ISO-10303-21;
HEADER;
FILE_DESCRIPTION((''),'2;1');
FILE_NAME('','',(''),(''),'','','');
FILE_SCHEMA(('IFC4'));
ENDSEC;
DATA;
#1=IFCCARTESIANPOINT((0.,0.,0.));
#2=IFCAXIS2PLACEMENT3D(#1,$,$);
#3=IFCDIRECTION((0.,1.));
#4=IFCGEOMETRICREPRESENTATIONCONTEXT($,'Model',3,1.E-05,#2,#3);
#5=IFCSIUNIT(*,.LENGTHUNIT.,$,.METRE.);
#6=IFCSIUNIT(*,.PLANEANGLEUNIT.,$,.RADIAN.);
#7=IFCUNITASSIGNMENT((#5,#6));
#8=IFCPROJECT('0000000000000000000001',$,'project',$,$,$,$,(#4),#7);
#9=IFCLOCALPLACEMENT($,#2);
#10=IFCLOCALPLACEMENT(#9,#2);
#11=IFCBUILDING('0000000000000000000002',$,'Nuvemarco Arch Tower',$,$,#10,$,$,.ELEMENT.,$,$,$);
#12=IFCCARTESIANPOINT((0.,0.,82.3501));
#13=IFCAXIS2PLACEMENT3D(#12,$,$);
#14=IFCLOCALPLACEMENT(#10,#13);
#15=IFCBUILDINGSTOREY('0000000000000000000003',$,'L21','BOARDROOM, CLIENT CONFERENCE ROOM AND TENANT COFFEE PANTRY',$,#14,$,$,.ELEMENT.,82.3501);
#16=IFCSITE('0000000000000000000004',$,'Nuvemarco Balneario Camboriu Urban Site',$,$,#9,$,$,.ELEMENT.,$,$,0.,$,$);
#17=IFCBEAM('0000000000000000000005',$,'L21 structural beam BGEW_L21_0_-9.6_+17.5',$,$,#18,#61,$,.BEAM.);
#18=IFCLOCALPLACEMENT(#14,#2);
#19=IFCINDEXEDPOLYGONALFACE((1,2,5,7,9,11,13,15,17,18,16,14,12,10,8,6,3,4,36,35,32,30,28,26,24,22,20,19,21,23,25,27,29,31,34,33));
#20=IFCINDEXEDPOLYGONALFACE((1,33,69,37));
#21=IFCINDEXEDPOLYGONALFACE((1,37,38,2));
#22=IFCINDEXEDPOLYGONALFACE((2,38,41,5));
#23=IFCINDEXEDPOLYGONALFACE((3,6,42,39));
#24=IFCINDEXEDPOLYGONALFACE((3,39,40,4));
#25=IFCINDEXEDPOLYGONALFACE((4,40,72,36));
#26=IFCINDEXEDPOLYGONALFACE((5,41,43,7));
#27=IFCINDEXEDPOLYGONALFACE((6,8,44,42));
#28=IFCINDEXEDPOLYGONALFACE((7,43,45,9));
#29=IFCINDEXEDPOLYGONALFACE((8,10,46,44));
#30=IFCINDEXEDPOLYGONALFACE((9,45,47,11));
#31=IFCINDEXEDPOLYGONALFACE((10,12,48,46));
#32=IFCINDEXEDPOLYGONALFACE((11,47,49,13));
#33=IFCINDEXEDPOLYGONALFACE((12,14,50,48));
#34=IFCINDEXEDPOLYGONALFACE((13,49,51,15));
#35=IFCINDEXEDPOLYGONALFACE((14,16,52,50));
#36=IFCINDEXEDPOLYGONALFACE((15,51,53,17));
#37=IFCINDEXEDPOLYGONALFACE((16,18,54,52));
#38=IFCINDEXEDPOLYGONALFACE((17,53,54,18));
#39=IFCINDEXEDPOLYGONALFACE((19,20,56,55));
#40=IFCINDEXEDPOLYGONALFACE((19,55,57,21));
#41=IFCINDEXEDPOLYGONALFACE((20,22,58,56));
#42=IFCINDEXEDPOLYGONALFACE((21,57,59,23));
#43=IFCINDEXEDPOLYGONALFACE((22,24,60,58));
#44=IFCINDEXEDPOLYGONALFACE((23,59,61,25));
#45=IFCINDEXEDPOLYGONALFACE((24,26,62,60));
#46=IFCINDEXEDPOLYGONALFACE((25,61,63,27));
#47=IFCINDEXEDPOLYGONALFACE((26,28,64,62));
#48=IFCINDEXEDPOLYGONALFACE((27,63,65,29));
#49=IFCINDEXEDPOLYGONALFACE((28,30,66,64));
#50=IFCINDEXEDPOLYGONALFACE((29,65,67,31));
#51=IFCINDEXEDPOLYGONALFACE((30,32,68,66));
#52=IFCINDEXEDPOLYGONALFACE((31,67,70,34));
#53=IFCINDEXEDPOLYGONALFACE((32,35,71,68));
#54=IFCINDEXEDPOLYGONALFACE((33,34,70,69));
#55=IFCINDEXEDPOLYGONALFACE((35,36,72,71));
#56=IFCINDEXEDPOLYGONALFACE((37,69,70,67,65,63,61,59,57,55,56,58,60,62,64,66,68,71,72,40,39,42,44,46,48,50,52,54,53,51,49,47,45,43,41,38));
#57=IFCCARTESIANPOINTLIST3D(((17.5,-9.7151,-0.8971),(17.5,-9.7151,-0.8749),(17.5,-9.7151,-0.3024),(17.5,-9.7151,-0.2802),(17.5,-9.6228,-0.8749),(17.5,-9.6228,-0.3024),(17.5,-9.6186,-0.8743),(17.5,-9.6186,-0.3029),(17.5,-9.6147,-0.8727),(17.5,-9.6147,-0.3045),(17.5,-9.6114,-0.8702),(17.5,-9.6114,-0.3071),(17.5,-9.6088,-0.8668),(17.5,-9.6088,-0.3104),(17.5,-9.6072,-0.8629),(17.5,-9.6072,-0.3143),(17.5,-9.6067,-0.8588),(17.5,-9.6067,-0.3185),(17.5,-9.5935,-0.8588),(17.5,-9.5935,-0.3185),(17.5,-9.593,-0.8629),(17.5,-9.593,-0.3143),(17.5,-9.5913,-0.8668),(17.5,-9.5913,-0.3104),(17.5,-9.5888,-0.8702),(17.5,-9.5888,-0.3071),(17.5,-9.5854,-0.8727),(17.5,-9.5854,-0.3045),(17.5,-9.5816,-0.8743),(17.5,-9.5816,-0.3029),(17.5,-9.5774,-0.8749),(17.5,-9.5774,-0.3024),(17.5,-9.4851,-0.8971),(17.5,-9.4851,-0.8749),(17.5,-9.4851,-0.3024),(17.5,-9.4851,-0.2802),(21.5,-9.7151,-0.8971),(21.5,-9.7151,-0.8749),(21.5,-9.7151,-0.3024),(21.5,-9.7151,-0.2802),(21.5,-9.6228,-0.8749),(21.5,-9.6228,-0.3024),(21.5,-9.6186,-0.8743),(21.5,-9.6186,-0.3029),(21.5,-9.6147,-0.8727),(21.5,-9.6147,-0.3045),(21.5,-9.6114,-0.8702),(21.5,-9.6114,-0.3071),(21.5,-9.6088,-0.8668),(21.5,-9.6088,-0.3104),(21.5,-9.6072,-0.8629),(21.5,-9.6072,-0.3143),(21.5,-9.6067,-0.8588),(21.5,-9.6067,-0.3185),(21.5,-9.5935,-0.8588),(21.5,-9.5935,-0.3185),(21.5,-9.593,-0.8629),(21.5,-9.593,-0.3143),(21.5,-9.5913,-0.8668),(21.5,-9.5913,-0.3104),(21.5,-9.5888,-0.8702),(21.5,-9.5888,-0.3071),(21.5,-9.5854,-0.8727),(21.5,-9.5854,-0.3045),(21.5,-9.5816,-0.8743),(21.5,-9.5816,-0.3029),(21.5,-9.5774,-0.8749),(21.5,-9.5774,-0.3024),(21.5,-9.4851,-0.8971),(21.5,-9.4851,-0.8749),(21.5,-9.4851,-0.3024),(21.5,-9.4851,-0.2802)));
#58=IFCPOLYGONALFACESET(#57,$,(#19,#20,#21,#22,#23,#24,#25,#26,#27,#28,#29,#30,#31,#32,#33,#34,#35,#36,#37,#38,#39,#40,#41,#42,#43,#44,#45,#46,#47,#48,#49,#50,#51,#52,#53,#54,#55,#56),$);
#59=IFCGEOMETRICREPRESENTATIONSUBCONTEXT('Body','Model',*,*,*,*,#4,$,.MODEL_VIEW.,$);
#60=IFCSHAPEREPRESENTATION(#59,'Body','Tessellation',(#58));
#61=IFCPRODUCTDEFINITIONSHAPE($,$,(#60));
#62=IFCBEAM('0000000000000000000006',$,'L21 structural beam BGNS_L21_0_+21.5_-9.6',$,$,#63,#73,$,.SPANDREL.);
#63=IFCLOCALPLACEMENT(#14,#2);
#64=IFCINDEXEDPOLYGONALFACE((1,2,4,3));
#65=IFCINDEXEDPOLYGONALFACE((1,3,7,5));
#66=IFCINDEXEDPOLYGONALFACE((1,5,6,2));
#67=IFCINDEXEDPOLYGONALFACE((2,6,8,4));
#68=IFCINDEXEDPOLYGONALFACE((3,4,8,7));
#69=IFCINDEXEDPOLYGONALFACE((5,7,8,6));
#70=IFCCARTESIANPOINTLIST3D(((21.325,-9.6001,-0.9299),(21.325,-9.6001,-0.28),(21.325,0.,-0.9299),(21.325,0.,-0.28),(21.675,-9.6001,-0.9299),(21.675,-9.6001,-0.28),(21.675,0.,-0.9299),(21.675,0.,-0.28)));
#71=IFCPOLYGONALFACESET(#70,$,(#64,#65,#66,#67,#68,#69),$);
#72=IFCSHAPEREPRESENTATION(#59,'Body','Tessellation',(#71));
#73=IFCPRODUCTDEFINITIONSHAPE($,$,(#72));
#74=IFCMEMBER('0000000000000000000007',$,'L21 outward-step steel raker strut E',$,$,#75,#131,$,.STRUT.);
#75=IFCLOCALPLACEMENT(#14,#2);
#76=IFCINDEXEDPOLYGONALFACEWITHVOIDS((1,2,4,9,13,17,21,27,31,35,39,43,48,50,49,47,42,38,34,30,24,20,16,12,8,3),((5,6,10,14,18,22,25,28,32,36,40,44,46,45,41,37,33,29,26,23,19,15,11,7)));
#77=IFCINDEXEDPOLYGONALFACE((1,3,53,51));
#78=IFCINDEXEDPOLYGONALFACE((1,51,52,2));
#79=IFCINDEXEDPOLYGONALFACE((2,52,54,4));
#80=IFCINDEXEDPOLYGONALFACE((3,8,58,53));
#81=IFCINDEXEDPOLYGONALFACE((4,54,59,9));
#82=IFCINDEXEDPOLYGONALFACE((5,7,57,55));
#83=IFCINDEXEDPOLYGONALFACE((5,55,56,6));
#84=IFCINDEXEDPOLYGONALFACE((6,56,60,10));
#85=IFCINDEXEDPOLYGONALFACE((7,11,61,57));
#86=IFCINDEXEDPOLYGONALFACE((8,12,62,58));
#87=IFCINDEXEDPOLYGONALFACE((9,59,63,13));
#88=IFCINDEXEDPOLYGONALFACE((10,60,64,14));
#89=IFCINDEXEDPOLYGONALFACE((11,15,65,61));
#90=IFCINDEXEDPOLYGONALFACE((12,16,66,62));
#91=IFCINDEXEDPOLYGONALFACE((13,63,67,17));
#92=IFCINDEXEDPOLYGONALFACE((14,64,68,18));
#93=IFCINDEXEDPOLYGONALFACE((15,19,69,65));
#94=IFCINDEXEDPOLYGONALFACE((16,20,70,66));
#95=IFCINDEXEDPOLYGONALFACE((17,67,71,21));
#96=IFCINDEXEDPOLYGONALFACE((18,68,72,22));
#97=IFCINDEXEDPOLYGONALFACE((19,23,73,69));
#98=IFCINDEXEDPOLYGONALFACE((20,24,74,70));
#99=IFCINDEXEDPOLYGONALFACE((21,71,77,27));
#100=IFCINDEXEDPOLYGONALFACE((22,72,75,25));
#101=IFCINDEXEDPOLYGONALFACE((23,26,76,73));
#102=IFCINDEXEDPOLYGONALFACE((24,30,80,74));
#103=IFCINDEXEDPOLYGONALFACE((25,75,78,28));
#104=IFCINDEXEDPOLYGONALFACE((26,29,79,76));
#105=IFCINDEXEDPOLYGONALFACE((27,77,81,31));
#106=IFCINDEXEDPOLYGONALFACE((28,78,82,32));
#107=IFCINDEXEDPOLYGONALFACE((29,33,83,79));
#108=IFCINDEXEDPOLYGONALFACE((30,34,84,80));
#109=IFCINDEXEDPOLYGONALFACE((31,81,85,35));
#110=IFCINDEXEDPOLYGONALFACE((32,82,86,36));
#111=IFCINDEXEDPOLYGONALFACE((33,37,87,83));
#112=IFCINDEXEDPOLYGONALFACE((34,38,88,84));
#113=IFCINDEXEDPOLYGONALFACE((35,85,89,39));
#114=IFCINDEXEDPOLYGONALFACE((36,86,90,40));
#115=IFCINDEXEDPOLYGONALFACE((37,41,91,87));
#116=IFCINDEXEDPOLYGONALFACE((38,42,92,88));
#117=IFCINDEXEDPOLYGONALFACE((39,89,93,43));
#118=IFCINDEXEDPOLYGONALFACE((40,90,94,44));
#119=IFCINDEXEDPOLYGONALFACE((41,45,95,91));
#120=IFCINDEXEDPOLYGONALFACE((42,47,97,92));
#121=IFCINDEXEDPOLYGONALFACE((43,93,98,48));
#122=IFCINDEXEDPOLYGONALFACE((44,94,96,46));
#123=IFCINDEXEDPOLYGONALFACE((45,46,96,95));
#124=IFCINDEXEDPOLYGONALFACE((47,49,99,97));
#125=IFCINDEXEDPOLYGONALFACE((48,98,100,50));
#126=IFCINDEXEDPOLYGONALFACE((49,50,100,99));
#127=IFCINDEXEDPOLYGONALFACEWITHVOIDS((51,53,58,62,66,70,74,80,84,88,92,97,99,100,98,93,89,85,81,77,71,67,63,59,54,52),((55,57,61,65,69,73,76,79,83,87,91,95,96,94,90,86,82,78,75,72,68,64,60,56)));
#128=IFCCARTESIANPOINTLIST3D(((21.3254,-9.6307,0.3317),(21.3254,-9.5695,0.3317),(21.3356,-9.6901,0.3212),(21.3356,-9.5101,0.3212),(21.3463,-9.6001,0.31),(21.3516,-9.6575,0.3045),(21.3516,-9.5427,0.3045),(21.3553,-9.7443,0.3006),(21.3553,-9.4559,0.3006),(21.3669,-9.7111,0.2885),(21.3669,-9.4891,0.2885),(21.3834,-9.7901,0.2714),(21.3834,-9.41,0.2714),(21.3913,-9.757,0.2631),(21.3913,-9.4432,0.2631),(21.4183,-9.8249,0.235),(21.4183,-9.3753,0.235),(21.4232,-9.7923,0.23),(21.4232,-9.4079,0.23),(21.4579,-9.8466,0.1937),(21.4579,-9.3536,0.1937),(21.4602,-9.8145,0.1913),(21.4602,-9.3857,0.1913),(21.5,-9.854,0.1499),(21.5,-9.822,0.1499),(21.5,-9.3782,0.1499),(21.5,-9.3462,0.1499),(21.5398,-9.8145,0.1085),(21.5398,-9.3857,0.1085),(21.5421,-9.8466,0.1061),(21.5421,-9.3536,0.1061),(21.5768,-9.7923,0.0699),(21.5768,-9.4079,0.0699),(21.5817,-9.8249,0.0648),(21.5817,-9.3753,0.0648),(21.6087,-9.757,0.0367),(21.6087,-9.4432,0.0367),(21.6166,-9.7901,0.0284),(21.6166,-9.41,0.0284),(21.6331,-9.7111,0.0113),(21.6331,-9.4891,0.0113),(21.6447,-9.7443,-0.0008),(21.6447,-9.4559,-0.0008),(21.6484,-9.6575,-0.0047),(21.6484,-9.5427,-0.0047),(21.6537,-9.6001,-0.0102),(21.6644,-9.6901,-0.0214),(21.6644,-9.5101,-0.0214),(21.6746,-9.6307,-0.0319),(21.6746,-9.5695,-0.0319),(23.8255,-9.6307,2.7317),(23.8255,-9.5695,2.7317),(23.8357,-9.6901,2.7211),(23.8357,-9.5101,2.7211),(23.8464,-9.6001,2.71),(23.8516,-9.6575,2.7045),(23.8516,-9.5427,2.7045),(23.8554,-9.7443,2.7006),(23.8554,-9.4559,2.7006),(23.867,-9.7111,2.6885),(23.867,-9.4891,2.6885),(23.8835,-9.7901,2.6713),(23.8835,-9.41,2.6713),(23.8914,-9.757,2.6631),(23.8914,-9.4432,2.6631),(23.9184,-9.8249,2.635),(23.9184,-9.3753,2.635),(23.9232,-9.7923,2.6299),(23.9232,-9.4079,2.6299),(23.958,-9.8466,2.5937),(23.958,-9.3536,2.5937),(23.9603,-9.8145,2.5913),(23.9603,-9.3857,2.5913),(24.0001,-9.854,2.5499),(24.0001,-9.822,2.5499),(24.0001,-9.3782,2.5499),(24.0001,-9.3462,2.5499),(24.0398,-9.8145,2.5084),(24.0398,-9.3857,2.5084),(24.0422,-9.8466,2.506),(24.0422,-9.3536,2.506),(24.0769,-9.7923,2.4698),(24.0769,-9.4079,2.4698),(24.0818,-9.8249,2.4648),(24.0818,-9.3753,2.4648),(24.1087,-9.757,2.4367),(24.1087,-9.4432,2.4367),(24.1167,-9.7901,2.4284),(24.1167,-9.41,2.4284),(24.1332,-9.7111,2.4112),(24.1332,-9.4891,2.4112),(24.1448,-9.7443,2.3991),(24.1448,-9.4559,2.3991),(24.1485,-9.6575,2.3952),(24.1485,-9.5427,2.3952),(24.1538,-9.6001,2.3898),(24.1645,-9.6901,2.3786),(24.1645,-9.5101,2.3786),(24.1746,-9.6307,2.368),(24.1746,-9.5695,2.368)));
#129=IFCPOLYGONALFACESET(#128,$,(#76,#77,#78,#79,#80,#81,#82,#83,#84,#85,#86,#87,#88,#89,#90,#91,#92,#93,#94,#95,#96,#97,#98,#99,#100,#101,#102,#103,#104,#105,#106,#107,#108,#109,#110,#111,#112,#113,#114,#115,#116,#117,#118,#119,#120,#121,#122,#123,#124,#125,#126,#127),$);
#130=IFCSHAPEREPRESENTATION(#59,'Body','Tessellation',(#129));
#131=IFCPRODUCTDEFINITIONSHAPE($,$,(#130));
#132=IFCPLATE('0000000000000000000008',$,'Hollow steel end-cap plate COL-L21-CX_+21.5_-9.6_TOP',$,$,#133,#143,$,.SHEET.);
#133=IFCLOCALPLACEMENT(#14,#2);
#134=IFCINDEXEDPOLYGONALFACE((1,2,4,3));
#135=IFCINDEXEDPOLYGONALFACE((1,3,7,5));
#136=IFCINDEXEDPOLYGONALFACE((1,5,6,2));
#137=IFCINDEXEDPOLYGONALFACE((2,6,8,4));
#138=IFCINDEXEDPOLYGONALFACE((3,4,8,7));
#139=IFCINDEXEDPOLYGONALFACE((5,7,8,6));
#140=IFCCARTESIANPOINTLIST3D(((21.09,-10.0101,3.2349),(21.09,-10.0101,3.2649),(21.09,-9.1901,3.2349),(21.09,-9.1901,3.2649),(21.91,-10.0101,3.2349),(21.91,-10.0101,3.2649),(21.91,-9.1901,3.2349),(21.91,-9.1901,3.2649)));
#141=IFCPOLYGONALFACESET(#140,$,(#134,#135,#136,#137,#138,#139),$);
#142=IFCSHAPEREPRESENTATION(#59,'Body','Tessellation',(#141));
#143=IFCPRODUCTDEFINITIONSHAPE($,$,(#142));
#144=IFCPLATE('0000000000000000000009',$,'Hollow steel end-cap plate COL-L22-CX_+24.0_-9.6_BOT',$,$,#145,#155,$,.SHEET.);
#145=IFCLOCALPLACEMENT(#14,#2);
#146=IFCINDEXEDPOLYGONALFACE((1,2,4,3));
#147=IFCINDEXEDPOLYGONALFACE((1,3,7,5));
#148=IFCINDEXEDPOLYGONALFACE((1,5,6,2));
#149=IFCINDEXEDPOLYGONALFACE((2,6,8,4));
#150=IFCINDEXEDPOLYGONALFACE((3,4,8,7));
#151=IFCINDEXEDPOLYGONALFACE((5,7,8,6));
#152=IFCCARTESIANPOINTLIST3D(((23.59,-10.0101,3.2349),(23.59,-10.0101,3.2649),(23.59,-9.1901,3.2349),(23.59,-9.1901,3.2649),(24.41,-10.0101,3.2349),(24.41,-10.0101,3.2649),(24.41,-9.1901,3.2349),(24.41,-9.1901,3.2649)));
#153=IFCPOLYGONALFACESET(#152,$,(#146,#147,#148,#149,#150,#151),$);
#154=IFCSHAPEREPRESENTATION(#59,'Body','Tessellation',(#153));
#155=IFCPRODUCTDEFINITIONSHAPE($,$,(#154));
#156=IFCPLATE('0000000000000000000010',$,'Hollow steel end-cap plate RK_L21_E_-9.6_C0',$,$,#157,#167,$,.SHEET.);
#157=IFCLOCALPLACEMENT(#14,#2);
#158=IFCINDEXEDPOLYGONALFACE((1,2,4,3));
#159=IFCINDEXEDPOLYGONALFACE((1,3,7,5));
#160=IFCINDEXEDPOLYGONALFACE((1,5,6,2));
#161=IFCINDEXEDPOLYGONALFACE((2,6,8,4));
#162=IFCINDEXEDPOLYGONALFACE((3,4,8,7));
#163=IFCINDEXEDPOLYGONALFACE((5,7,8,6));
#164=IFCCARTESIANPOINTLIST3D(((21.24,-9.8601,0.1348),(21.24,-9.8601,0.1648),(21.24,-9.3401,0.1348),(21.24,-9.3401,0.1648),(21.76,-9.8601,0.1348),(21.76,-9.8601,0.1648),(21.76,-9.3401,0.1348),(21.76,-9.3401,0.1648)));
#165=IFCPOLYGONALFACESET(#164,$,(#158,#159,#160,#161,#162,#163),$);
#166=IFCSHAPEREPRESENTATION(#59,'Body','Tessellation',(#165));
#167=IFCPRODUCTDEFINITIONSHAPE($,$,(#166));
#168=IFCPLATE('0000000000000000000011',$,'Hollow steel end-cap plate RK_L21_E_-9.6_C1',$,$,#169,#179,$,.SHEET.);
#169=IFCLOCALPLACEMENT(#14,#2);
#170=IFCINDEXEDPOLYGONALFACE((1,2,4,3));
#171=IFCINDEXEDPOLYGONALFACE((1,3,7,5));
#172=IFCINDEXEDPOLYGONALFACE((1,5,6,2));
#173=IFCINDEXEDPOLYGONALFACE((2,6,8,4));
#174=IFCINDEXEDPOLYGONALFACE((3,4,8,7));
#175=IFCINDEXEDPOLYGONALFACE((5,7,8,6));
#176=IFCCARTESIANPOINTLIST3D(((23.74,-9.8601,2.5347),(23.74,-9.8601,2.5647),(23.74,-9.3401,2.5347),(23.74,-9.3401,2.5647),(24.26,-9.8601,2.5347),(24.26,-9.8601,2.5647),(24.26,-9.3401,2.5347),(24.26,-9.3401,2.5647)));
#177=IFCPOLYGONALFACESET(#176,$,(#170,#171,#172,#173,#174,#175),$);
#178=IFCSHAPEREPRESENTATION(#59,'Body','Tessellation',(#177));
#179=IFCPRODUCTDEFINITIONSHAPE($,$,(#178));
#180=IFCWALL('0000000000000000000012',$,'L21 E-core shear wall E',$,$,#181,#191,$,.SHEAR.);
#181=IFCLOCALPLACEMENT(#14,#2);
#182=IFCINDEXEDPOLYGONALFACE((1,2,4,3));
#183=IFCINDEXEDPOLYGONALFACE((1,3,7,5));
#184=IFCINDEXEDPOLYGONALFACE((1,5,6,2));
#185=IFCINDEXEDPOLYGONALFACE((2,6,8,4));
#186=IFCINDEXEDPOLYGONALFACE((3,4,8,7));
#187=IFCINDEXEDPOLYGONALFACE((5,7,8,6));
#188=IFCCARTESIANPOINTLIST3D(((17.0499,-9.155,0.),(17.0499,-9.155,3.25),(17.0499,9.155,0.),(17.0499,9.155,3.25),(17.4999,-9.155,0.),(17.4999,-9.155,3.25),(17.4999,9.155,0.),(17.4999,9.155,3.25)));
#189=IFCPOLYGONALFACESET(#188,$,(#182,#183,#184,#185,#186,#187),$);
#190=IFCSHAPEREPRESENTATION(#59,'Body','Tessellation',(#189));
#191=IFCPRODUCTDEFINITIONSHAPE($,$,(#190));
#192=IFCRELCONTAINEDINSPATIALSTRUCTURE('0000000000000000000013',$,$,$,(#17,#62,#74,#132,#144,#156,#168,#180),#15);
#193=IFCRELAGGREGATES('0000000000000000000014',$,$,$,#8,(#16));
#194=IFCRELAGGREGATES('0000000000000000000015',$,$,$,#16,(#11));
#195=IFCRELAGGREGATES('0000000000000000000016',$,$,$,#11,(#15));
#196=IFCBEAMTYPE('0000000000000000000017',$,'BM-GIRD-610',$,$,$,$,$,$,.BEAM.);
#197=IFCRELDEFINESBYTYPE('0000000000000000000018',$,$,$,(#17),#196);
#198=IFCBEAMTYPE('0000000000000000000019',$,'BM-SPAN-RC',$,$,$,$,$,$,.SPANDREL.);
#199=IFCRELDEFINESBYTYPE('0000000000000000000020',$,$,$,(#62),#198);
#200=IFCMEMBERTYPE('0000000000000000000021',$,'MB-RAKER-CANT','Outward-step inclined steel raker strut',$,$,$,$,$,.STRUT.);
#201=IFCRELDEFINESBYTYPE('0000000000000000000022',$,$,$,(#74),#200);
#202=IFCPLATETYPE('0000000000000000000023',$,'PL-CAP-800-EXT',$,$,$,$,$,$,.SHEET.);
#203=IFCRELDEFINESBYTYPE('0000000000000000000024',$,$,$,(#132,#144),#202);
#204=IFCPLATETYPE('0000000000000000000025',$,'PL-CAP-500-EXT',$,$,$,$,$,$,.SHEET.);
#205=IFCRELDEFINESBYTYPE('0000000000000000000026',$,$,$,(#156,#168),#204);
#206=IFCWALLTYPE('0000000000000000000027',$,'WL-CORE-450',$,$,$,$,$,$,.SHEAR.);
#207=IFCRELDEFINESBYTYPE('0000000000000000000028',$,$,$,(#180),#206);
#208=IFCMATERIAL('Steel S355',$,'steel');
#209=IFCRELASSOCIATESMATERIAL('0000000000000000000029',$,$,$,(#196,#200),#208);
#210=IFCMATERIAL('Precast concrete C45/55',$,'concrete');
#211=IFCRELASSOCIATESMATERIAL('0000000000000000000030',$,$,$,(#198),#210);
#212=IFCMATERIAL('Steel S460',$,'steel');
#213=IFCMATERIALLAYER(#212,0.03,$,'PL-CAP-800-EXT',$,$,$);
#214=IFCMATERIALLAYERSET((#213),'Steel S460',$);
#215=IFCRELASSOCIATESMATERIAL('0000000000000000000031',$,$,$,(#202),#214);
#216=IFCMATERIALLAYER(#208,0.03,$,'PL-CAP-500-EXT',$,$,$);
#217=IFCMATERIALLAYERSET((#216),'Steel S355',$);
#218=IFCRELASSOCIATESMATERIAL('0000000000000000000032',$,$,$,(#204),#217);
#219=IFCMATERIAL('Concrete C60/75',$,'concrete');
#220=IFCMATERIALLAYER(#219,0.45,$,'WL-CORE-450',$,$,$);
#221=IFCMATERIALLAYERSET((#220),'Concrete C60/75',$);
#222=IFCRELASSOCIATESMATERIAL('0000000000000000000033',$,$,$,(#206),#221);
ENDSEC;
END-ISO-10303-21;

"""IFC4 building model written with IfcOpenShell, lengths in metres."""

from ifc_helpers import new_model, si_unit, direction, frame, frame_2d, origin, origin_2d, place, context, subcontext, project, spatial, rectangle, hollow_circle, i_section, extrude, source, transform, mapped, material, layer, layer_set, material_profile, profile_set, type_object, type_shapes, element, save


model = new_model("IFC4")

# Units and contexts
model_context = context("Model", 3, precision=1e-05, world=origin(), true_north=direction((0.0, 1.0)))
body_context = subcontext(model_context, "Body", "Model", "MODEL_VIEW")
ifc_project = project(units=[si_unit("LENGTHUNIT", "METRE"), si_unit("PLANEANGLEUNIT", "RADIAN")], contexts=[model_context])

# Site, building, storey
site_placement = place(None, origin())
site = spatial("IfcSite", under=ifc_project, at=site_placement, Name="Nuvemarco Balneario Camboriu Urban Site", CompositionType="ELEMENT", RefElevation=0.0)
building_placement = place(site_placement, origin())
building = spatial("IfcBuilding", under=site, at=building_placement, Name="Nuvemarco Arch Tower", CompositionType="ELEMENT")
storey_placement = place(building_placement, frame((0.0, 0.0, 82.3501)))
storey = spatial("IfcBuildingStorey", under=building, at=storey_placement, Name="L21", Description="BOARDROOM, CLIENT CONFERENCE ROOM AND TENANT COFFEE PANTRY", CompositionType="ELEMENT", Elevation=82.3501)

# Shared definitions
ifc_material_1 = material(Name="Concrete C60/75", Category="concrete")
ifc_material_2 = material(Name="Steel S460", Category="steel")

# Beams
ifc_material_3 = material(Name="Steel S355", Category="steel")
ifc_material_profile_1 = material_profile(ifc_material_3, i_section(OverallWidth=0.23, OverallDepth=0.6169, WebThickness=0.0132, FlangeThickness=0.0222, FilletRadius=0.0161, at=origin_2d()), Name="W610x140")
ifc_profile_set_1 = profile_set([ifc_material_profile_1], Name="Steel S355")
beam_type_1 = type_object("IfcBeamType", Name="BM-GIRD-610", PredefinedType="BEAM", material=ifc_profile_set_1)
beam_1_placement = place(storey_placement, frame((17.5, -9.6001, -0.5886), z_axis=(1.0, 0.0, 0.0), x_axis=(0.0, 1.0, 0.0)))
element("IfcBeam", 1, at=beam_1_placement, inside=storey, type_object=beam_type_1, Name="L21 structural beam BGEW_L21_0_-9.6_+17.5", PredefinedType="BEAM", context=body_context, shape_type="SweptSolid", body=[
    extrude(i_section(OverallWidth=0.23, OverallDepth=0.6169, WebThickness=0.0132, FlangeThickness=0.0222, FilletRadius=0.0161, at=origin_2d()), origin(), (0.0, 0.0, 1.0), 4.0),
])
ifc_material_4 = material(Name="Precast concrete C45/55", Category="concrete")
ifc_material_profile_2 = material_profile(ifc_material_4, rectangle(XDim=0.3501, YDim=0.6499, at=origin_2d()), Name="PC-SP-350x650")
ifc_profile_set_2 = profile_set([ifc_material_profile_2], Name="Precast concrete C45/55")
beam_type_2 = type_object("IfcBeamType", Name="BM-SPAN-RC", PredefinedType="SPANDREL", material=ifc_profile_set_2)
beam_2_placement = place(storey_placement, frame((21.5, -9.6001, -0.605), z_axis=(0.0, 1.0, 0.0), x_axis=(-1.0, 0.0, 0.0)))
element("IfcBeam", 2, at=beam_2_placement, inside=storey, type_object=beam_type_2, Name="L21 structural beam BGNS_L21_0_+21.5_-9.6", PredefinedType="SPANDREL", context=body_context, shape_type="SweptSolid", body=[
    extrude(rectangle(XDim=0.3501, YDim=0.6499, at=origin_2d()), origin(), (0.0, 0.0, 1.0), 9.6001),
])

# Member
ifc_material_profile_3 = material_profile(ifc_material_3, hollow_circle(Radius=0.2539, WallThickness=0.032, at=origin_2d()), Name="CHS508x32")
ifc_profile_set_3 = profile_set([ifc_material_profile_3], Name="Steel S355")
member_type = type_object("IfcMemberType", Name="MB-RAKER-CANT", Description="Outward-step inclined steel raker strut", PredefinedType="STRUT", material=ifc_profile_set_3)
member_placement = place(storey_placement, frame((21.5, -9.6001, 0.1499), z_axis=(0.721401, 0.0, 0.692517), x_axis=(0.0, 1.0, 0.0)))
element("IfcMember", 3, at=member_placement, inside=storey, type_object=member_type, Name="L21 outward-step steel raker strut E", PredefinedType="STRUT", context=body_context, shape_type="SweptSolid", body=[
    extrude(hollow_circle(Radius=0.2539, WallThickness=0.032, at=origin_2d()), origin(), (0.0, 0.0, 1.0), 3.4656),
])

# Plates
ifc_layer_1 = layer(ifc_material_2, 0.03, Name="PL-CAP-800-EXT")
ifc_layer_set_1 = layer_set([ifc_layer_1], Name="Steel S460")
plate_type_1 = type_object("IfcPlateType", Name="PL-CAP-800-EXT", PredefinedType="SHEET", material=ifc_layer_set_1)
shared_shape_1 = source(origin(), body_context, "Body", "SweptSolid", [
    extrude(rectangle(XDim=0.8201, YDim=0.8201, at=origin_2d()), origin(), (0.0, 0.0, 1.0), 0.03),
])
type_shapes(plate_type_1, [shared_shape_1])
for number, where, z_axis, x_axis, name in (
    (4, (21.5, -9.6001, 3.2349), (0.0, 0.0, 1.0), (1.0, 0.0, 0.0), "Hollow steel end-cap plate COL-L21-CX_+21.5_-9.6_TOP"),
    (5, (24.0, -9.6001, 3.2349), (0.0, 0.0, 1.0), (1.0, 0.0, 0.0), "Hollow steel end-cap plate COL-L22-CX_+24.0_-9.6_BOT"),
):
    element("IfcPlate", number, at=place(storey_placement, frame(where, z_axis=z_axis, x_axis=x_axis)), inside=storey, type_object=plate_type_1, Name=name, PredefinedType="SHEET", context=body_context, shape_type="MappedRepresentation", body=[
        mapped(shared_shape_1, transform((0.0, 0.0, 0.0), scale=1.0)),
    ])
ifc_layer_2 = layer(ifc_material_3, 0.03, Name="PL-CAP-500-EXT")
ifc_layer_set_2 = layer_set([ifc_layer_2], Name="Steel S355")
plate_type_2 = type_object("IfcPlateType", Name="PL-CAP-500-EXT", PredefinedType="SHEET", material=ifc_layer_set_2)
shared_shape_2 = source(origin(), body_context, "Body", "SweptSolid", [
    extrude(rectangle(XDim=0.52, YDim=0.52, at=origin_2d()), origin(), (0.0, 0.0, 1.0), 0.03),
])
type_shapes(plate_type_2, [shared_shape_2])
for number, where, z_axis, x_axis, name in (
    (6, (21.5, -9.6001, 0.1348), (0.0, 0.0, 1.0), (1.0, 0.0, 0.0), "Hollow steel end-cap plate RK_L21_E_-9.6_C0"),
    (7, (24.0, -9.6001, 2.5347), (0.0, 0.0, 1.0), (1.0, 0.0, 0.0), "Hollow steel end-cap plate RK_L21_E_-9.6_C1"),
):
    element("IfcPlate", number, at=place(storey_placement, frame(where, z_axis=z_axis, x_axis=x_axis)), inside=storey, type_object=plate_type_2, Name=name, PredefinedType="SHEET", context=body_context, shape_type="MappedRepresentation", body=[
        mapped(shared_shape_2, transform((0.0, 0.0, 0.0), scale=1.0)),
    ])

# Wall
ifc_layer_3 = layer(ifc_material_1, 0.45, Name="WL-CORE-450")
ifc_layer_set_3 = layer_set([ifc_layer_3], Name="Concrete C60/75")
wall_type_1 = type_object("IfcWallType", Name="WL-CORE-450", PredefinedType="SHEAR", material=ifc_layer_set_3)
wall_1_placement = place(storey_placement, frame((17.2749, -9.155, 0.0), z_axis=(0.0, 0.0, 1.0), x_axis=(0.0, 1.0, 0.0)))
element("IfcWall", 8, at=wall_1_placement, inside=storey, type_object=wall_type_1, Name="L21 E-core shear wall E", PredefinedType="SHEAR", context=body_context, shape_type="SweptSolid", body=[
    extrude(rectangle(XDim=18.3101, YDim=0.45, at=frame_2d((9.155, 0.0))), origin(), (0.0, 0.0, 1.0), 3.25),
])

save(model, "model.ifc")
